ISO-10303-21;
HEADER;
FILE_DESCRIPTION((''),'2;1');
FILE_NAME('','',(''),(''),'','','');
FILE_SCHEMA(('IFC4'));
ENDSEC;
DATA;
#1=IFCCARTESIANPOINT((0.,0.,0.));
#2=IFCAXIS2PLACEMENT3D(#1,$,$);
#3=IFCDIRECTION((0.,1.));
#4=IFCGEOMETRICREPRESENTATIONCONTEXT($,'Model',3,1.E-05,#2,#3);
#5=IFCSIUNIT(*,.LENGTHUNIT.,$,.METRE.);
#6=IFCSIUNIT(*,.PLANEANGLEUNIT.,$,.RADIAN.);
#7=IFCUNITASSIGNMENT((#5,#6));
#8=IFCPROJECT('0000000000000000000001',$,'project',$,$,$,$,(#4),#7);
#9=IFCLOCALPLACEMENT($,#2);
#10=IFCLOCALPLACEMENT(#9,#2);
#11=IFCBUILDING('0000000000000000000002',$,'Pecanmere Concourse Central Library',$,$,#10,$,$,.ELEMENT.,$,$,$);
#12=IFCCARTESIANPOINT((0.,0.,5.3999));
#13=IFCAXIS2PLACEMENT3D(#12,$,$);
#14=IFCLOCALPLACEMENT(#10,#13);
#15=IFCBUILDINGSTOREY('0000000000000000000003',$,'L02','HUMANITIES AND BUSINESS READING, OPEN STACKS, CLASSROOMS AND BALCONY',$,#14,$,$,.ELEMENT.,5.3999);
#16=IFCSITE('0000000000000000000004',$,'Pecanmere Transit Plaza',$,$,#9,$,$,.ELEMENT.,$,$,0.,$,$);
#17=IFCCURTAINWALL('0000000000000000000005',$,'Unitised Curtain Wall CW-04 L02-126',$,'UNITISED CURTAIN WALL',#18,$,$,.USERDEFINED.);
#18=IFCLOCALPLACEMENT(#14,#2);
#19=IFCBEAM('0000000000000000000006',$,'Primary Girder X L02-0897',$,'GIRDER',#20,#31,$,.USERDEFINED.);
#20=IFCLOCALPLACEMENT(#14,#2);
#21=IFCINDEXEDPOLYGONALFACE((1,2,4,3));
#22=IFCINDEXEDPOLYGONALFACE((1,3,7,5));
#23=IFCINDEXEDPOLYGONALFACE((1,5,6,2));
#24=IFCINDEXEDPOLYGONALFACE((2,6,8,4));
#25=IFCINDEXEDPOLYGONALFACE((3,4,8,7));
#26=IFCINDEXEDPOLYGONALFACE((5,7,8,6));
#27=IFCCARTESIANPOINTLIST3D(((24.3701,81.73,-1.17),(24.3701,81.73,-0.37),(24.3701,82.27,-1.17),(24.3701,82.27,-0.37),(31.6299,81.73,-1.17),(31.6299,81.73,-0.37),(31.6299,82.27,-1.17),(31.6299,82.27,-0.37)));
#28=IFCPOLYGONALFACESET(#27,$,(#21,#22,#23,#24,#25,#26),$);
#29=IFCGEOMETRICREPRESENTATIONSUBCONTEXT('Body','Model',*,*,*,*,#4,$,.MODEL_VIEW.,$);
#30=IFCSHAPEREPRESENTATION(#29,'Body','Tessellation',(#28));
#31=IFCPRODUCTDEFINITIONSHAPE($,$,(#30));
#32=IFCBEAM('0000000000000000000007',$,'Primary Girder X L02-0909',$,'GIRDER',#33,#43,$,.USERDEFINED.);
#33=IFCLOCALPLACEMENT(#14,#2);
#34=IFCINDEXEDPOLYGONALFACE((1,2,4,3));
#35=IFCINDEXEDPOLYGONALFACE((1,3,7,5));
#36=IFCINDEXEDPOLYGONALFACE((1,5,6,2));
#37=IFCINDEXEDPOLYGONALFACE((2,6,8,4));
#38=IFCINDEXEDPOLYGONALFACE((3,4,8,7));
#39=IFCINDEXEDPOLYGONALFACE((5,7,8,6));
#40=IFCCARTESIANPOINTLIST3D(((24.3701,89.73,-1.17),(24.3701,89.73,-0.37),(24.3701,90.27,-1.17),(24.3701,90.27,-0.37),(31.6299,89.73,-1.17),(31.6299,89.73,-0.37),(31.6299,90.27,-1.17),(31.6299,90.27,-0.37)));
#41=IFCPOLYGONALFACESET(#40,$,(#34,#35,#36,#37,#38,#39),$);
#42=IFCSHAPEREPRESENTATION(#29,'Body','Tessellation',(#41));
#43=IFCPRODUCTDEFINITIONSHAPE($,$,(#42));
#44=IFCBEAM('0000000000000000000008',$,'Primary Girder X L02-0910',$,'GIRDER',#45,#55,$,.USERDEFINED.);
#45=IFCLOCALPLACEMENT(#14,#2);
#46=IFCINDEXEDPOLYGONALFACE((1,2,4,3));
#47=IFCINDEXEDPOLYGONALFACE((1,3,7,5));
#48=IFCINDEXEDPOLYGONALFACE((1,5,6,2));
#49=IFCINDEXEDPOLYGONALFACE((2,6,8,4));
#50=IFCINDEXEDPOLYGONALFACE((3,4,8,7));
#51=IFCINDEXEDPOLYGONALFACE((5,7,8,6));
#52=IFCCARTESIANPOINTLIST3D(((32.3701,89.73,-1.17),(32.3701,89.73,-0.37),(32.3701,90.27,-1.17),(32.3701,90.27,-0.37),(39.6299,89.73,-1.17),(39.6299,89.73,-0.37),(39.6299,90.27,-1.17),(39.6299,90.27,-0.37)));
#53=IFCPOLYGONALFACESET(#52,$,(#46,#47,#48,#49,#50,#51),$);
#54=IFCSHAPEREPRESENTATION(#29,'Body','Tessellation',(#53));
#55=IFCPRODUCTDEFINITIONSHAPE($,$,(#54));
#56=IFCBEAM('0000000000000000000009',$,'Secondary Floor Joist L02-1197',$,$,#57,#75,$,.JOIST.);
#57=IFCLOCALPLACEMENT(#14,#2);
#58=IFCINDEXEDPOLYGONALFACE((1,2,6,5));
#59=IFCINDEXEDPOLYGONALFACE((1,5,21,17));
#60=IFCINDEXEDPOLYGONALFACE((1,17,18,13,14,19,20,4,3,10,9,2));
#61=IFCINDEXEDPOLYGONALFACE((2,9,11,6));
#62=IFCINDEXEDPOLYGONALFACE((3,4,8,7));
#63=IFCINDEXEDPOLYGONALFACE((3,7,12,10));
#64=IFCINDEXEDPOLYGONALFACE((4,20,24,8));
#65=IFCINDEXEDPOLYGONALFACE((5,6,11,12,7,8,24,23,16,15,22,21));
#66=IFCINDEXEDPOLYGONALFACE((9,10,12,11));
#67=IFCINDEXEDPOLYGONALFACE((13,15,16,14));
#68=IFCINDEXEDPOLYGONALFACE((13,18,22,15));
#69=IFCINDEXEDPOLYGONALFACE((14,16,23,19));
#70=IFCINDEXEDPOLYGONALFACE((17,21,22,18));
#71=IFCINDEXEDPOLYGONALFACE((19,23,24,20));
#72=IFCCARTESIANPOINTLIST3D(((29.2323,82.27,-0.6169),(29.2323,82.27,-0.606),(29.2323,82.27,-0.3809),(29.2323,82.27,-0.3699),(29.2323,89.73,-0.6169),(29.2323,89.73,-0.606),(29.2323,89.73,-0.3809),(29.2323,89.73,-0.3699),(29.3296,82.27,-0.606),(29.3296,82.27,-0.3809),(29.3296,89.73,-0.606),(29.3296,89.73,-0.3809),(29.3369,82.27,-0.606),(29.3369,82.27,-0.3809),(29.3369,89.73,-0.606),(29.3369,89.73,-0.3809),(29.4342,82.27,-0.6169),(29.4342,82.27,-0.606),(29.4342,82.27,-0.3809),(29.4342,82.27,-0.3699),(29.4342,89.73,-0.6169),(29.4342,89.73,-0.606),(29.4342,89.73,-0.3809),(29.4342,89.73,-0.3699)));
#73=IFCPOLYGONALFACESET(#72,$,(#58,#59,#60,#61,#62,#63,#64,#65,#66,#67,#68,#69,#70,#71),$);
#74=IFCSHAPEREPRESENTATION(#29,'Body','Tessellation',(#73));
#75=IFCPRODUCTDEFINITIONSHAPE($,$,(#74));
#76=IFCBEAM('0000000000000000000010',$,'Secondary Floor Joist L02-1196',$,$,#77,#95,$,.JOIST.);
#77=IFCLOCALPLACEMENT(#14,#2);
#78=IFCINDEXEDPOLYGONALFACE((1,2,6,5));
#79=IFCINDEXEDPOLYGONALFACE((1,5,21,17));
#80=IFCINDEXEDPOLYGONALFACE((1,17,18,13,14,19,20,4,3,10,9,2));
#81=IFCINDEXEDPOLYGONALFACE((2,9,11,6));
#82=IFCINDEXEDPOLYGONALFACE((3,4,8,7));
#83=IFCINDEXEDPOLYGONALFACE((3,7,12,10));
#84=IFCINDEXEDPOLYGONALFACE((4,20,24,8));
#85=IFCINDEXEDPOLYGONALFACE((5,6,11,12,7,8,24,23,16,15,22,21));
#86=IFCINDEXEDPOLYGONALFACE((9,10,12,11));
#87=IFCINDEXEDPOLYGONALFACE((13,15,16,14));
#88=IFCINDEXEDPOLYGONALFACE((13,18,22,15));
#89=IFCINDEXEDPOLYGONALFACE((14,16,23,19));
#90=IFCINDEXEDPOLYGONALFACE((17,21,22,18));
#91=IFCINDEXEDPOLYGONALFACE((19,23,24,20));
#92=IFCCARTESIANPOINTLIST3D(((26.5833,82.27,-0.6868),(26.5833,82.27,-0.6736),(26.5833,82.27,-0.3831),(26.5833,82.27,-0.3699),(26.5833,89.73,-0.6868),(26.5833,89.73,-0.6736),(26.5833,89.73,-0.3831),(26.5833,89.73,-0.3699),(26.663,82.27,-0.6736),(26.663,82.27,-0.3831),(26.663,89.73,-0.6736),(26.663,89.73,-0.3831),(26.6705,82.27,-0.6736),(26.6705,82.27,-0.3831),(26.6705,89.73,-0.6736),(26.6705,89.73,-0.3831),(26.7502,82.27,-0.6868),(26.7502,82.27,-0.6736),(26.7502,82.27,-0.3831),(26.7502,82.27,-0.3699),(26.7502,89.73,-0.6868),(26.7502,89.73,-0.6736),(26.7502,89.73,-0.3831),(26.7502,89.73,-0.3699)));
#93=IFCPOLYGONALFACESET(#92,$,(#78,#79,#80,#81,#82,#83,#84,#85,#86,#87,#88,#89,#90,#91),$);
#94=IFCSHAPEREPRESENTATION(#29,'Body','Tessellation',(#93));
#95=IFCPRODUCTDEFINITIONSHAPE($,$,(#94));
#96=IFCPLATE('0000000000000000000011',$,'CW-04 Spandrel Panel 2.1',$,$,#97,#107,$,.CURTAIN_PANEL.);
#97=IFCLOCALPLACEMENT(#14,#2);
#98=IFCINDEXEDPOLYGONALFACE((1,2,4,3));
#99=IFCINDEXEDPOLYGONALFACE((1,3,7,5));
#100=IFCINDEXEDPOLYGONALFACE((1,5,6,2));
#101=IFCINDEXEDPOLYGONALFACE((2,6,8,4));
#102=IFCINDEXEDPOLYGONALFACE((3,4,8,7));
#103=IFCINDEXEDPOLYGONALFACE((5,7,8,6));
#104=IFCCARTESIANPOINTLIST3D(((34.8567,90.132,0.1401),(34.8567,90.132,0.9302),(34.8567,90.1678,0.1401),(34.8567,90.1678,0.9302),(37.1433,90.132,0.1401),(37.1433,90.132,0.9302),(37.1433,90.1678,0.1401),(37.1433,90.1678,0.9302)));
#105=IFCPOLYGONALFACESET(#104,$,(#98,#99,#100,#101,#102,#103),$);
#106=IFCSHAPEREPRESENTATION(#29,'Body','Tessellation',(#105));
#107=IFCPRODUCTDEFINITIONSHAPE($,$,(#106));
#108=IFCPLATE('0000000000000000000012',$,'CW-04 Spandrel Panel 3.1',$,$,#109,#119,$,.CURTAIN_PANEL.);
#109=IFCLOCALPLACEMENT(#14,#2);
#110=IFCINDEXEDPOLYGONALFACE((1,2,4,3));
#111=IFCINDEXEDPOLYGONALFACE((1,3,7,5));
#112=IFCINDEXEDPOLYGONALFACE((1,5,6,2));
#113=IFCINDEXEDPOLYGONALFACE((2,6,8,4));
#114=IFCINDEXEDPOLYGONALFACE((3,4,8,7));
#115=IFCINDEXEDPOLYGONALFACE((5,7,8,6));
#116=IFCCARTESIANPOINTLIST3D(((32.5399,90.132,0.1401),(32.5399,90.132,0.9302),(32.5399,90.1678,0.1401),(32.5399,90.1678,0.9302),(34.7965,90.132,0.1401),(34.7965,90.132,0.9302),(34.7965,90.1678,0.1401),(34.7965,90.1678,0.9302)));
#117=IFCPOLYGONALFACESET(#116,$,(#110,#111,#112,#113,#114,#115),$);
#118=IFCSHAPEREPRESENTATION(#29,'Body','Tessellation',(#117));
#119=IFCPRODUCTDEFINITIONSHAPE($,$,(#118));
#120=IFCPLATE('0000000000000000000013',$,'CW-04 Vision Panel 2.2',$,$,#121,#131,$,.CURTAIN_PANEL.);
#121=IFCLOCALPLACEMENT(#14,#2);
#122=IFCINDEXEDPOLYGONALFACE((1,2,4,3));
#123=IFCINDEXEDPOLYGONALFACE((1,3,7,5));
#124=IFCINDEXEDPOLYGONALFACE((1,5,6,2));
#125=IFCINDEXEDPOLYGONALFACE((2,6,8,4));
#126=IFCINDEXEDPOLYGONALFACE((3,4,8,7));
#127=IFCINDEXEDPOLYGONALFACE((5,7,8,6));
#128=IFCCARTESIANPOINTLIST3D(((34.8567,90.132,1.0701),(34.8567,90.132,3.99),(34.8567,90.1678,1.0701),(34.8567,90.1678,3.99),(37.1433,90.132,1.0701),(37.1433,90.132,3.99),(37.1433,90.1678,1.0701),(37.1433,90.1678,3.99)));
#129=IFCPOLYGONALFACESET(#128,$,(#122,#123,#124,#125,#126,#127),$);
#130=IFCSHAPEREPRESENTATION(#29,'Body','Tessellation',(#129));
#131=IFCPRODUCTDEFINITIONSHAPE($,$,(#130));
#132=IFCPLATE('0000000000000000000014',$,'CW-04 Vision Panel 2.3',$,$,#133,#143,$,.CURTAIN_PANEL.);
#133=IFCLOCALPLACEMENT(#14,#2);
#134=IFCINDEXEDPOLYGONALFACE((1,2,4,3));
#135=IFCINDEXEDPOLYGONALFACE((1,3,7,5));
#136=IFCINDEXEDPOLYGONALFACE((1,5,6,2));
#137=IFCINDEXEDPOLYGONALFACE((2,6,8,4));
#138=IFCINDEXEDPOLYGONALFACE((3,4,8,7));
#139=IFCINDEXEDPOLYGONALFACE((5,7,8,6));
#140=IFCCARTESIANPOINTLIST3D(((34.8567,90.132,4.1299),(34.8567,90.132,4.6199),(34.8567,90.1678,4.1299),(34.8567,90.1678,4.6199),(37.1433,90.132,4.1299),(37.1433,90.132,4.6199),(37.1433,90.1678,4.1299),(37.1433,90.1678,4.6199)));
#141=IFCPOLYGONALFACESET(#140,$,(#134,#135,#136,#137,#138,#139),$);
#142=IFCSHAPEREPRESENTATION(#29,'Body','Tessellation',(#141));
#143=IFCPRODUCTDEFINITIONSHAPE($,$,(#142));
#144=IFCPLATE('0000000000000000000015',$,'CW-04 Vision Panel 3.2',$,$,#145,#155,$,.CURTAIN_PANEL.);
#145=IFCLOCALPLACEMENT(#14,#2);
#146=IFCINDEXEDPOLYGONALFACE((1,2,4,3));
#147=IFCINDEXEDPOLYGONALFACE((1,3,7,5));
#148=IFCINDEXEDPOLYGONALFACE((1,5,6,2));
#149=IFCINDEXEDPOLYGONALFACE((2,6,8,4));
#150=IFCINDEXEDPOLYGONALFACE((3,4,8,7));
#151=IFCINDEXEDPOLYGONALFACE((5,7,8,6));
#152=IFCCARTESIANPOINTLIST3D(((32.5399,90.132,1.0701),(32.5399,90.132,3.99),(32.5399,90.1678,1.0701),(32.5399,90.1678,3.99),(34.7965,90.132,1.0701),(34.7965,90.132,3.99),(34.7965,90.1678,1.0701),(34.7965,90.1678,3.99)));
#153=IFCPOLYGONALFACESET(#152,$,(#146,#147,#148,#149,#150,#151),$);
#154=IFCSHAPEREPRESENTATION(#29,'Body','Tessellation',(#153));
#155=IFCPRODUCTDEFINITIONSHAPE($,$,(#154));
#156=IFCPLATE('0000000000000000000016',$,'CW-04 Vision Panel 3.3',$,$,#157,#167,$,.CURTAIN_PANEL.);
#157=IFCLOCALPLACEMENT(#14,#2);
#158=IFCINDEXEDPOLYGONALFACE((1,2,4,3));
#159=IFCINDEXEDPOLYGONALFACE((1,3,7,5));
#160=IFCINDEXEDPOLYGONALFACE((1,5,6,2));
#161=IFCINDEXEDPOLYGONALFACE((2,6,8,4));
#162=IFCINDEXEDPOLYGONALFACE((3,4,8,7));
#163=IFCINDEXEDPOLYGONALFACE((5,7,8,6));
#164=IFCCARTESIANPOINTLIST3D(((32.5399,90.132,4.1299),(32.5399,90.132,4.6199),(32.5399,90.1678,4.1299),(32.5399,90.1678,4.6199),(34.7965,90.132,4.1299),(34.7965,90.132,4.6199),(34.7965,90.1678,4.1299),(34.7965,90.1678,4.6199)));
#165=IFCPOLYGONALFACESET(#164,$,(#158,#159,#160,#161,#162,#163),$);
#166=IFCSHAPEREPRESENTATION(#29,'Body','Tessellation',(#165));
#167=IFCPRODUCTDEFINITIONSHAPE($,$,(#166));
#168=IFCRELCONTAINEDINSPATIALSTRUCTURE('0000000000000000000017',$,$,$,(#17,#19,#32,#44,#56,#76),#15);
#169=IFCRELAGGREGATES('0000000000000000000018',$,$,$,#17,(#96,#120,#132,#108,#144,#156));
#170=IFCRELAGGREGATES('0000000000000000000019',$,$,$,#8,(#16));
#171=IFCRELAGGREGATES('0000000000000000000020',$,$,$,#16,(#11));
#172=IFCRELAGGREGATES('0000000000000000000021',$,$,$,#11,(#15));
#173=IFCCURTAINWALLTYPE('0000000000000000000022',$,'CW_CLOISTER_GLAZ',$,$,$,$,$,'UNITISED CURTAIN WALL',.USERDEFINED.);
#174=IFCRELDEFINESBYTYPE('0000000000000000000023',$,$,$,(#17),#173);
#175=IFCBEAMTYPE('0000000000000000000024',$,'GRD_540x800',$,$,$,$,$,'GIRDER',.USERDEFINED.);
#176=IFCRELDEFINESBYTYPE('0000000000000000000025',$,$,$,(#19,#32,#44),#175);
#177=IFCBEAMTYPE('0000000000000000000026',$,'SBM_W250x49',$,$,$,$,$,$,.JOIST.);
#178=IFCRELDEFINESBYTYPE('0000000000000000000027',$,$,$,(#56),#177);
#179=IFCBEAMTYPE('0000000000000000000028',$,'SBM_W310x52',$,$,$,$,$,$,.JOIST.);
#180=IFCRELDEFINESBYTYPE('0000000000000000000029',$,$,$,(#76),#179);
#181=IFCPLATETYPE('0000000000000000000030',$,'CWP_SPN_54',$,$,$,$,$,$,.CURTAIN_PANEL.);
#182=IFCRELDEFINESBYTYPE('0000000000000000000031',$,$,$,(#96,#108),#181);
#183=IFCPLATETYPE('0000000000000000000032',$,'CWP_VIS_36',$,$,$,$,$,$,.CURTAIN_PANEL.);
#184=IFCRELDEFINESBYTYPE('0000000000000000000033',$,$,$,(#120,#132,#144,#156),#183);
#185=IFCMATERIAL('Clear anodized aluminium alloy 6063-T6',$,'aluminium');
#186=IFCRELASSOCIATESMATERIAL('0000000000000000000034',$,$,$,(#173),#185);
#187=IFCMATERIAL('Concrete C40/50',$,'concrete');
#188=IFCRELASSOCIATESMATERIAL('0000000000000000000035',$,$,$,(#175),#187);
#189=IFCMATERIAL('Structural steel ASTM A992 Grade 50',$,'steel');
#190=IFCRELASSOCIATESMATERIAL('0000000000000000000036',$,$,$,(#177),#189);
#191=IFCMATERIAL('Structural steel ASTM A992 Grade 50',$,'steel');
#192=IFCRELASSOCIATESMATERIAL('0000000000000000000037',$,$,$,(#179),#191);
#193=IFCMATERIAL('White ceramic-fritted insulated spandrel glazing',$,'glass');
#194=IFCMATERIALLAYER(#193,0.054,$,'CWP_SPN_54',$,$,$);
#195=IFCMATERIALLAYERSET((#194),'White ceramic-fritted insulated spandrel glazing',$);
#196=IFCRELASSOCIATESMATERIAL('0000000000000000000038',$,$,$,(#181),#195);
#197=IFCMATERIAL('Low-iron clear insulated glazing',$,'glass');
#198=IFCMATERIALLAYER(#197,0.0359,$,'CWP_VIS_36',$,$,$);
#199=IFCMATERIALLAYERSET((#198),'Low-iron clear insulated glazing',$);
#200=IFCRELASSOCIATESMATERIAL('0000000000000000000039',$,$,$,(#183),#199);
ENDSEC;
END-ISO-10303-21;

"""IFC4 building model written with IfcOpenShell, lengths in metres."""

from ifc_helpers import new_model, si_unit, direction, frame, origin, origin_2d, place, context, subcontext, project, spatial, rectangle, i_section, extrude, material, layer, layer_set, material_profile, profile_set, type_object, element, aggregate, save


model = new_model("IFC4")

# Units and contexts
model_context = context("Model", 3, precision=1e-05, world=origin(), true_north=direction((0.0, 1.0)))
body_context = subcontext(model_context, "Body", "Model", "MODEL_VIEW")
ifc_project = project(units=[si_unit("LENGTHUNIT", "METRE"), si_unit("PLANEANGLEUNIT", "RADIAN")], contexts=[model_context])

# Site, building, storey
site_placement = place(None, origin())
site = spatial("IfcSite", under=ifc_project, at=site_placement, Name="Pecanmere Transit Plaza", CompositionType="ELEMENT", RefElevation=0.0)
building_placement = place(site_placement, origin())
building = spatial("IfcBuilding", under=site, at=building_placement, Name="Pecanmere Concourse Central Library", CompositionType="ELEMENT")
storey_placement = place(building_placement, frame((0.0, 0.0, 5.3999)))
storey = spatial("IfcBuildingStorey", under=building, at=storey_placement, Name="L02", Description="HUMANITIES AND BUSINESS READING, OPEN STACKS, CLASSROOMS AND BALCONY", CompositionType="ELEMENT", Elevation=5.3999)

# Curtain wall
ifc_material_1 = material(Name="Clear anodized aluminium alloy 6063-T6", Category="aluminium")
curtain_wall_type = type_object("IfcCurtainWallType", Name="CW_CLOISTER_GLAZ", ElementType="UNITISED CURTAIN WALL", PredefinedType="USERDEFINED", material=ifc_material_1)
curtain_wall_placement = place(storey_placement, origin())
curtain_wall = element("IfcCurtainWall", 1, at=curtain_wall_placement, inside=storey, type_object=curtain_wall_type, Name="Unitised Curtain Wall CW-04 L02-126", ObjectType="UNITISED CURTAIN WALL", PredefinedType="USERDEFINED")

# Beams
ifc_material_2 = material(Name="Concrete C40/50", Category="concrete")
ifc_material_profile_1 = material_profile(ifc_material_2, rectangle(XDim=0.54, YDim=0.8, at=origin_2d()), Name="RC 540x800")
ifc_profile_set_1 = profile_set([ifc_material_profile_1], Name="Concrete C40/50")
beam_type_1 = type_object("IfcBeamType", Name="GRD_540x800", ElementType="GIRDER", PredefinedType="USERDEFINED", material=ifc_profile_set_1)
for number, where, z_axis, x_axis, name in (
    (2, (24.3701, 82.0, -0.77), (1.0, 0.0, 0.0), (0.0, 1.0, 0.0), "Primary Girder X L02-0897"),
    (3, (24.3701, 90.0, -0.77), (1.0, 0.0, 0.0), (0.0, 1.0, 0.0), "Primary Girder X L02-0909"),
    (4, (32.3701, 90.0, -0.77), (1.0, 0.0, 0.0), (0.0, 1.0, 0.0), "Primary Girder X L02-0910"),
):
    element("IfcBeam", number, at=place(storey_placement, frame(where, z_axis=z_axis, x_axis=x_axis)), inside=storey, type_object=beam_type_1, Name=name, ObjectType="GIRDER", PredefinedType="USERDEFINED", context=body_context, shape_type="SweptSolid", body=[
        extrude(rectangle(XDim=0.54, YDim=0.8, at=origin_2d()), origin(), (0.0, 0.0, 1.0), 7.2598),
    ])
ifc_material_3 = material(Name="Structural steel ASTM A992 Grade 50", Category="steel")
ifc_material_profile_2 = material_profile(ifc_material_3, i_section(OverallWidth=0.2019, OverallDepth=0.2471, WebThickness=0.0073, FlangeThickness=0.011, at=origin_2d()), Name="W250x49.1")
ifc_profile_set_2 = profile_set([ifc_material_profile_2], Name="Structural steel ASTM A992 Grade 50")
beam_type_2 = type_object("IfcBeamType", Name="SBM_W250x49", PredefinedType="JOIST", material=ifc_profile_set_2)
beam_1_placement = place(storey_placement, frame((29.3333, 82.27, -0.4934), z_axis=(0.0, 1.0, 0.0), x_axis=(-1.0, 0.0, 0.0)))
element("IfcBeam", 5, at=beam_1_placement, inside=storey, type_object=beam_type_2, Name="Secondary Floor Joist L02-1197", PredefinedType="JOIST", context=body_context, shape_type="SweptSolid", body=[
    extrude(i_section(OverallWidth=0.2019, OverallDepth=0.2471, WebThickness=0.0073, FlangeThickness=0.011, at=origin_2d()), origin(), (0.0, 0.0, 1.0), 7.46),
])
ifc_material_4 = material(Name="Structural steel ASTM A992 Grade 50", Category="steel")
ifc_material_profile_3 = material_profile(ifc_material_4, i_section(OverallWidth=0.167, OverallDepth=0.3169, WebThickness=0.0076, FlangeThickness=0.0132, at=origin_2d()), Name="W310x52")
ifc_profile_set_3 = profile_set([ifc_material_profile_3], Name="Structural steel ASTM A992 Grade 50")
beam_type_3 = type_object("IfcBeamType", Name="SBM_W310x52", PredefinedType="JOIST", material=ifc_profile_set_3)
beam_2_placement = place(storey_placement, frame((26.6667, 82.27, -0.5283), z_axis=(0.0, 1.0, 0.0), x_axis=(-1.0, 0.0, 0.0)))
element("IfcBeam", 6, at=beam_2_placement, inside=storey, type_object=beam_type_3, Name="Secondary Floor Joist L02-1196", PredefinedType="JOIST", context=body_context, shape_type="SweptSolid", body=[
    extrude(i_section(OverallWidth=0.167, OverallDepth=0.3169, WebThickness=0.0076, FlangeThickness=0.0132, at=origin_2d()), origin(), (0.0, 0.0, 1.0), 7.46),
])

# Plates
ifc_material_5 = material(Name="White ceramic-fritted insulated spandrel glazing", Category="glass")
ifc_layer_1 = layer(ifc_material_5, 0.054, Name="CWP_SPN_54")
ifc_layer_set_1 = layer_set([ifc_layer_1], Name="White ceramic-fritted insulated spandrel glazing")
plate_type_1 = type_object("IfcPlateType", Name="CWP_SPN_54", PredefinedType="CURTAIN_PANEL", material=ifc_layer_set_1)
plate_1_placement = place(storey_placement, frame((36.0, 90.1499, 0.1401), z_axis=(0.0, 0.0, 1.0), x_axis=(-1.0, 0.0, 0.0)))
plate_1 = element("IfcPlate", 7, at=plate_1_placement, type_object=plate_type_1, Name="CW-04 Spandrel Panel 2.1", PredefinedType="CURTAIN_PANEL", context=body_context, shape_type="SweptSolid", body=[
    extrude(rectangle(XDim=2.2866, YDim=0.0359, at=origin_2d()), origin(), (0.0, 0.0, 1.0), 0.79),
])
plate_2_placement = place(storey_placement, frame((33.6682, 90.1499, 0.1401), z_axis=(0.0, 0.0, 1.0), x_axis=(-1.0, 0.0, 0.0)))
plate_2 = element("IfcPlate", 8, at=plate_2_placement, type_object=plate_type_1, Name="CW-04 Spandrel Panel 3.1", PredefinedType="CURTAIN_PANEL", context=body_context, shape_type="SweptSolid", body=[
    extrude(rectangle(XDim=2.2566, YDim=0.0359, at=origin_2d()), origin(), (0.0, 0.0, 1.0), 0.79),
])
ifc_material_6 = material(Name="Low-iron clear insulated glazing", Category="glass")
ifc_layer_2 = layer(ifc_material_6, 0.0359, Name="CWP_VIS_36")
ifc_layer_set_2 = layer_set([ifc_layer_2], Name="Low-iron clear insulated glazing")
plate_type_2 = type_object("IfcPlateType", Name="CWP_VIS_36", PredefinedType="CURTAIN_PANEL", material=ifc_layer_set_2)
plate_3_placement = place(storey_placement, frame((36.0, 90.1499, 1.0701), z_axis=(0.0, 0.0, 1.0), x_axis=(-1.0, 0.0, 0.0)))
plate_3 = element("IfcPlate", 9, at=plate_3_placement, type_object=plate_type_2, Name="CW-04 Vision Panel 2.2", PredefinedType="CURTAIN_PANEL", context=body_context, shape_type="SweptSolid", body=[
    extrude(rectangle(XDim=2.2866, YDim=0.0359, at=origin_2d()), origin(), (0.0, 0.0, 1.0), 2.9199),
])
plate_4_placement = place(storey_placement, frame((36.0, 90.1499, 4.1299), z_axis=(0.0, 0.0, 1.0), x_axis=(-1.0, 0.0, 0.0)))
plate_4 = element("IfcPlate", 10, at=plate_4_placement, type_object=plate_type_2, Name="CW-04 Vision Panel 2.3", PredefinedType="CURTAIN_PANEL", context=body_context, shape_type="SweptSolid", body=[
    extrude(rectangle(XDim=2.2866, YDim=0.0359, at=origin_2d()), origin(), (0.0, 0.0, 1.0), 0.49),
])
plate_5_placement = place(storey_placement, frame((33.6682, 90.1499, 1.0701), z_axis=(0.0, 0.0, 1.0), x_axis=(-1.0, 0.0, 0.0)))
plate_5 = element("IfcPlate", 11, at=plate_5_placement, type_object=plate_type_2, Name="CW-04 Vision Panel 3.2", PredefinedType="CURTAIN_PANEL", context=body_context, shape_type="SweptSolid", body=[
    extrude(rectangle(XDim=2.2566, YDim=0.0359, at=origin_2d()), origin(), (0.0, 0.0, 1.0), 2.9199),
])
plate_6_placement = place(storey_placement, frame((33.6682, 90.1499, 4.1299), z_axis=(0.0, 0.0, 1.0), x_axis=(-1.0, 0.0, 0.0)))
plate_6 = element("IfcPlate", 12, at=plate_6_placement, type_object=plate_type_2, Name="CW-04 Vision Panel 3.3", PredefinedType="CURTAIN_PANEL", context=body_context, shape_type="SweptSolid", body=[
    extrude(rectangle(XDim=2.2566, YDim=0.0359, at=origin_2d()), origin(), (0.0, 0.0, 1.0), 0.49),
])
aggregate(curtain_wall, [plate_1, plate_3, plate_4, plate_2, plate_5, plate_6])

save(model, "model.ifc")
